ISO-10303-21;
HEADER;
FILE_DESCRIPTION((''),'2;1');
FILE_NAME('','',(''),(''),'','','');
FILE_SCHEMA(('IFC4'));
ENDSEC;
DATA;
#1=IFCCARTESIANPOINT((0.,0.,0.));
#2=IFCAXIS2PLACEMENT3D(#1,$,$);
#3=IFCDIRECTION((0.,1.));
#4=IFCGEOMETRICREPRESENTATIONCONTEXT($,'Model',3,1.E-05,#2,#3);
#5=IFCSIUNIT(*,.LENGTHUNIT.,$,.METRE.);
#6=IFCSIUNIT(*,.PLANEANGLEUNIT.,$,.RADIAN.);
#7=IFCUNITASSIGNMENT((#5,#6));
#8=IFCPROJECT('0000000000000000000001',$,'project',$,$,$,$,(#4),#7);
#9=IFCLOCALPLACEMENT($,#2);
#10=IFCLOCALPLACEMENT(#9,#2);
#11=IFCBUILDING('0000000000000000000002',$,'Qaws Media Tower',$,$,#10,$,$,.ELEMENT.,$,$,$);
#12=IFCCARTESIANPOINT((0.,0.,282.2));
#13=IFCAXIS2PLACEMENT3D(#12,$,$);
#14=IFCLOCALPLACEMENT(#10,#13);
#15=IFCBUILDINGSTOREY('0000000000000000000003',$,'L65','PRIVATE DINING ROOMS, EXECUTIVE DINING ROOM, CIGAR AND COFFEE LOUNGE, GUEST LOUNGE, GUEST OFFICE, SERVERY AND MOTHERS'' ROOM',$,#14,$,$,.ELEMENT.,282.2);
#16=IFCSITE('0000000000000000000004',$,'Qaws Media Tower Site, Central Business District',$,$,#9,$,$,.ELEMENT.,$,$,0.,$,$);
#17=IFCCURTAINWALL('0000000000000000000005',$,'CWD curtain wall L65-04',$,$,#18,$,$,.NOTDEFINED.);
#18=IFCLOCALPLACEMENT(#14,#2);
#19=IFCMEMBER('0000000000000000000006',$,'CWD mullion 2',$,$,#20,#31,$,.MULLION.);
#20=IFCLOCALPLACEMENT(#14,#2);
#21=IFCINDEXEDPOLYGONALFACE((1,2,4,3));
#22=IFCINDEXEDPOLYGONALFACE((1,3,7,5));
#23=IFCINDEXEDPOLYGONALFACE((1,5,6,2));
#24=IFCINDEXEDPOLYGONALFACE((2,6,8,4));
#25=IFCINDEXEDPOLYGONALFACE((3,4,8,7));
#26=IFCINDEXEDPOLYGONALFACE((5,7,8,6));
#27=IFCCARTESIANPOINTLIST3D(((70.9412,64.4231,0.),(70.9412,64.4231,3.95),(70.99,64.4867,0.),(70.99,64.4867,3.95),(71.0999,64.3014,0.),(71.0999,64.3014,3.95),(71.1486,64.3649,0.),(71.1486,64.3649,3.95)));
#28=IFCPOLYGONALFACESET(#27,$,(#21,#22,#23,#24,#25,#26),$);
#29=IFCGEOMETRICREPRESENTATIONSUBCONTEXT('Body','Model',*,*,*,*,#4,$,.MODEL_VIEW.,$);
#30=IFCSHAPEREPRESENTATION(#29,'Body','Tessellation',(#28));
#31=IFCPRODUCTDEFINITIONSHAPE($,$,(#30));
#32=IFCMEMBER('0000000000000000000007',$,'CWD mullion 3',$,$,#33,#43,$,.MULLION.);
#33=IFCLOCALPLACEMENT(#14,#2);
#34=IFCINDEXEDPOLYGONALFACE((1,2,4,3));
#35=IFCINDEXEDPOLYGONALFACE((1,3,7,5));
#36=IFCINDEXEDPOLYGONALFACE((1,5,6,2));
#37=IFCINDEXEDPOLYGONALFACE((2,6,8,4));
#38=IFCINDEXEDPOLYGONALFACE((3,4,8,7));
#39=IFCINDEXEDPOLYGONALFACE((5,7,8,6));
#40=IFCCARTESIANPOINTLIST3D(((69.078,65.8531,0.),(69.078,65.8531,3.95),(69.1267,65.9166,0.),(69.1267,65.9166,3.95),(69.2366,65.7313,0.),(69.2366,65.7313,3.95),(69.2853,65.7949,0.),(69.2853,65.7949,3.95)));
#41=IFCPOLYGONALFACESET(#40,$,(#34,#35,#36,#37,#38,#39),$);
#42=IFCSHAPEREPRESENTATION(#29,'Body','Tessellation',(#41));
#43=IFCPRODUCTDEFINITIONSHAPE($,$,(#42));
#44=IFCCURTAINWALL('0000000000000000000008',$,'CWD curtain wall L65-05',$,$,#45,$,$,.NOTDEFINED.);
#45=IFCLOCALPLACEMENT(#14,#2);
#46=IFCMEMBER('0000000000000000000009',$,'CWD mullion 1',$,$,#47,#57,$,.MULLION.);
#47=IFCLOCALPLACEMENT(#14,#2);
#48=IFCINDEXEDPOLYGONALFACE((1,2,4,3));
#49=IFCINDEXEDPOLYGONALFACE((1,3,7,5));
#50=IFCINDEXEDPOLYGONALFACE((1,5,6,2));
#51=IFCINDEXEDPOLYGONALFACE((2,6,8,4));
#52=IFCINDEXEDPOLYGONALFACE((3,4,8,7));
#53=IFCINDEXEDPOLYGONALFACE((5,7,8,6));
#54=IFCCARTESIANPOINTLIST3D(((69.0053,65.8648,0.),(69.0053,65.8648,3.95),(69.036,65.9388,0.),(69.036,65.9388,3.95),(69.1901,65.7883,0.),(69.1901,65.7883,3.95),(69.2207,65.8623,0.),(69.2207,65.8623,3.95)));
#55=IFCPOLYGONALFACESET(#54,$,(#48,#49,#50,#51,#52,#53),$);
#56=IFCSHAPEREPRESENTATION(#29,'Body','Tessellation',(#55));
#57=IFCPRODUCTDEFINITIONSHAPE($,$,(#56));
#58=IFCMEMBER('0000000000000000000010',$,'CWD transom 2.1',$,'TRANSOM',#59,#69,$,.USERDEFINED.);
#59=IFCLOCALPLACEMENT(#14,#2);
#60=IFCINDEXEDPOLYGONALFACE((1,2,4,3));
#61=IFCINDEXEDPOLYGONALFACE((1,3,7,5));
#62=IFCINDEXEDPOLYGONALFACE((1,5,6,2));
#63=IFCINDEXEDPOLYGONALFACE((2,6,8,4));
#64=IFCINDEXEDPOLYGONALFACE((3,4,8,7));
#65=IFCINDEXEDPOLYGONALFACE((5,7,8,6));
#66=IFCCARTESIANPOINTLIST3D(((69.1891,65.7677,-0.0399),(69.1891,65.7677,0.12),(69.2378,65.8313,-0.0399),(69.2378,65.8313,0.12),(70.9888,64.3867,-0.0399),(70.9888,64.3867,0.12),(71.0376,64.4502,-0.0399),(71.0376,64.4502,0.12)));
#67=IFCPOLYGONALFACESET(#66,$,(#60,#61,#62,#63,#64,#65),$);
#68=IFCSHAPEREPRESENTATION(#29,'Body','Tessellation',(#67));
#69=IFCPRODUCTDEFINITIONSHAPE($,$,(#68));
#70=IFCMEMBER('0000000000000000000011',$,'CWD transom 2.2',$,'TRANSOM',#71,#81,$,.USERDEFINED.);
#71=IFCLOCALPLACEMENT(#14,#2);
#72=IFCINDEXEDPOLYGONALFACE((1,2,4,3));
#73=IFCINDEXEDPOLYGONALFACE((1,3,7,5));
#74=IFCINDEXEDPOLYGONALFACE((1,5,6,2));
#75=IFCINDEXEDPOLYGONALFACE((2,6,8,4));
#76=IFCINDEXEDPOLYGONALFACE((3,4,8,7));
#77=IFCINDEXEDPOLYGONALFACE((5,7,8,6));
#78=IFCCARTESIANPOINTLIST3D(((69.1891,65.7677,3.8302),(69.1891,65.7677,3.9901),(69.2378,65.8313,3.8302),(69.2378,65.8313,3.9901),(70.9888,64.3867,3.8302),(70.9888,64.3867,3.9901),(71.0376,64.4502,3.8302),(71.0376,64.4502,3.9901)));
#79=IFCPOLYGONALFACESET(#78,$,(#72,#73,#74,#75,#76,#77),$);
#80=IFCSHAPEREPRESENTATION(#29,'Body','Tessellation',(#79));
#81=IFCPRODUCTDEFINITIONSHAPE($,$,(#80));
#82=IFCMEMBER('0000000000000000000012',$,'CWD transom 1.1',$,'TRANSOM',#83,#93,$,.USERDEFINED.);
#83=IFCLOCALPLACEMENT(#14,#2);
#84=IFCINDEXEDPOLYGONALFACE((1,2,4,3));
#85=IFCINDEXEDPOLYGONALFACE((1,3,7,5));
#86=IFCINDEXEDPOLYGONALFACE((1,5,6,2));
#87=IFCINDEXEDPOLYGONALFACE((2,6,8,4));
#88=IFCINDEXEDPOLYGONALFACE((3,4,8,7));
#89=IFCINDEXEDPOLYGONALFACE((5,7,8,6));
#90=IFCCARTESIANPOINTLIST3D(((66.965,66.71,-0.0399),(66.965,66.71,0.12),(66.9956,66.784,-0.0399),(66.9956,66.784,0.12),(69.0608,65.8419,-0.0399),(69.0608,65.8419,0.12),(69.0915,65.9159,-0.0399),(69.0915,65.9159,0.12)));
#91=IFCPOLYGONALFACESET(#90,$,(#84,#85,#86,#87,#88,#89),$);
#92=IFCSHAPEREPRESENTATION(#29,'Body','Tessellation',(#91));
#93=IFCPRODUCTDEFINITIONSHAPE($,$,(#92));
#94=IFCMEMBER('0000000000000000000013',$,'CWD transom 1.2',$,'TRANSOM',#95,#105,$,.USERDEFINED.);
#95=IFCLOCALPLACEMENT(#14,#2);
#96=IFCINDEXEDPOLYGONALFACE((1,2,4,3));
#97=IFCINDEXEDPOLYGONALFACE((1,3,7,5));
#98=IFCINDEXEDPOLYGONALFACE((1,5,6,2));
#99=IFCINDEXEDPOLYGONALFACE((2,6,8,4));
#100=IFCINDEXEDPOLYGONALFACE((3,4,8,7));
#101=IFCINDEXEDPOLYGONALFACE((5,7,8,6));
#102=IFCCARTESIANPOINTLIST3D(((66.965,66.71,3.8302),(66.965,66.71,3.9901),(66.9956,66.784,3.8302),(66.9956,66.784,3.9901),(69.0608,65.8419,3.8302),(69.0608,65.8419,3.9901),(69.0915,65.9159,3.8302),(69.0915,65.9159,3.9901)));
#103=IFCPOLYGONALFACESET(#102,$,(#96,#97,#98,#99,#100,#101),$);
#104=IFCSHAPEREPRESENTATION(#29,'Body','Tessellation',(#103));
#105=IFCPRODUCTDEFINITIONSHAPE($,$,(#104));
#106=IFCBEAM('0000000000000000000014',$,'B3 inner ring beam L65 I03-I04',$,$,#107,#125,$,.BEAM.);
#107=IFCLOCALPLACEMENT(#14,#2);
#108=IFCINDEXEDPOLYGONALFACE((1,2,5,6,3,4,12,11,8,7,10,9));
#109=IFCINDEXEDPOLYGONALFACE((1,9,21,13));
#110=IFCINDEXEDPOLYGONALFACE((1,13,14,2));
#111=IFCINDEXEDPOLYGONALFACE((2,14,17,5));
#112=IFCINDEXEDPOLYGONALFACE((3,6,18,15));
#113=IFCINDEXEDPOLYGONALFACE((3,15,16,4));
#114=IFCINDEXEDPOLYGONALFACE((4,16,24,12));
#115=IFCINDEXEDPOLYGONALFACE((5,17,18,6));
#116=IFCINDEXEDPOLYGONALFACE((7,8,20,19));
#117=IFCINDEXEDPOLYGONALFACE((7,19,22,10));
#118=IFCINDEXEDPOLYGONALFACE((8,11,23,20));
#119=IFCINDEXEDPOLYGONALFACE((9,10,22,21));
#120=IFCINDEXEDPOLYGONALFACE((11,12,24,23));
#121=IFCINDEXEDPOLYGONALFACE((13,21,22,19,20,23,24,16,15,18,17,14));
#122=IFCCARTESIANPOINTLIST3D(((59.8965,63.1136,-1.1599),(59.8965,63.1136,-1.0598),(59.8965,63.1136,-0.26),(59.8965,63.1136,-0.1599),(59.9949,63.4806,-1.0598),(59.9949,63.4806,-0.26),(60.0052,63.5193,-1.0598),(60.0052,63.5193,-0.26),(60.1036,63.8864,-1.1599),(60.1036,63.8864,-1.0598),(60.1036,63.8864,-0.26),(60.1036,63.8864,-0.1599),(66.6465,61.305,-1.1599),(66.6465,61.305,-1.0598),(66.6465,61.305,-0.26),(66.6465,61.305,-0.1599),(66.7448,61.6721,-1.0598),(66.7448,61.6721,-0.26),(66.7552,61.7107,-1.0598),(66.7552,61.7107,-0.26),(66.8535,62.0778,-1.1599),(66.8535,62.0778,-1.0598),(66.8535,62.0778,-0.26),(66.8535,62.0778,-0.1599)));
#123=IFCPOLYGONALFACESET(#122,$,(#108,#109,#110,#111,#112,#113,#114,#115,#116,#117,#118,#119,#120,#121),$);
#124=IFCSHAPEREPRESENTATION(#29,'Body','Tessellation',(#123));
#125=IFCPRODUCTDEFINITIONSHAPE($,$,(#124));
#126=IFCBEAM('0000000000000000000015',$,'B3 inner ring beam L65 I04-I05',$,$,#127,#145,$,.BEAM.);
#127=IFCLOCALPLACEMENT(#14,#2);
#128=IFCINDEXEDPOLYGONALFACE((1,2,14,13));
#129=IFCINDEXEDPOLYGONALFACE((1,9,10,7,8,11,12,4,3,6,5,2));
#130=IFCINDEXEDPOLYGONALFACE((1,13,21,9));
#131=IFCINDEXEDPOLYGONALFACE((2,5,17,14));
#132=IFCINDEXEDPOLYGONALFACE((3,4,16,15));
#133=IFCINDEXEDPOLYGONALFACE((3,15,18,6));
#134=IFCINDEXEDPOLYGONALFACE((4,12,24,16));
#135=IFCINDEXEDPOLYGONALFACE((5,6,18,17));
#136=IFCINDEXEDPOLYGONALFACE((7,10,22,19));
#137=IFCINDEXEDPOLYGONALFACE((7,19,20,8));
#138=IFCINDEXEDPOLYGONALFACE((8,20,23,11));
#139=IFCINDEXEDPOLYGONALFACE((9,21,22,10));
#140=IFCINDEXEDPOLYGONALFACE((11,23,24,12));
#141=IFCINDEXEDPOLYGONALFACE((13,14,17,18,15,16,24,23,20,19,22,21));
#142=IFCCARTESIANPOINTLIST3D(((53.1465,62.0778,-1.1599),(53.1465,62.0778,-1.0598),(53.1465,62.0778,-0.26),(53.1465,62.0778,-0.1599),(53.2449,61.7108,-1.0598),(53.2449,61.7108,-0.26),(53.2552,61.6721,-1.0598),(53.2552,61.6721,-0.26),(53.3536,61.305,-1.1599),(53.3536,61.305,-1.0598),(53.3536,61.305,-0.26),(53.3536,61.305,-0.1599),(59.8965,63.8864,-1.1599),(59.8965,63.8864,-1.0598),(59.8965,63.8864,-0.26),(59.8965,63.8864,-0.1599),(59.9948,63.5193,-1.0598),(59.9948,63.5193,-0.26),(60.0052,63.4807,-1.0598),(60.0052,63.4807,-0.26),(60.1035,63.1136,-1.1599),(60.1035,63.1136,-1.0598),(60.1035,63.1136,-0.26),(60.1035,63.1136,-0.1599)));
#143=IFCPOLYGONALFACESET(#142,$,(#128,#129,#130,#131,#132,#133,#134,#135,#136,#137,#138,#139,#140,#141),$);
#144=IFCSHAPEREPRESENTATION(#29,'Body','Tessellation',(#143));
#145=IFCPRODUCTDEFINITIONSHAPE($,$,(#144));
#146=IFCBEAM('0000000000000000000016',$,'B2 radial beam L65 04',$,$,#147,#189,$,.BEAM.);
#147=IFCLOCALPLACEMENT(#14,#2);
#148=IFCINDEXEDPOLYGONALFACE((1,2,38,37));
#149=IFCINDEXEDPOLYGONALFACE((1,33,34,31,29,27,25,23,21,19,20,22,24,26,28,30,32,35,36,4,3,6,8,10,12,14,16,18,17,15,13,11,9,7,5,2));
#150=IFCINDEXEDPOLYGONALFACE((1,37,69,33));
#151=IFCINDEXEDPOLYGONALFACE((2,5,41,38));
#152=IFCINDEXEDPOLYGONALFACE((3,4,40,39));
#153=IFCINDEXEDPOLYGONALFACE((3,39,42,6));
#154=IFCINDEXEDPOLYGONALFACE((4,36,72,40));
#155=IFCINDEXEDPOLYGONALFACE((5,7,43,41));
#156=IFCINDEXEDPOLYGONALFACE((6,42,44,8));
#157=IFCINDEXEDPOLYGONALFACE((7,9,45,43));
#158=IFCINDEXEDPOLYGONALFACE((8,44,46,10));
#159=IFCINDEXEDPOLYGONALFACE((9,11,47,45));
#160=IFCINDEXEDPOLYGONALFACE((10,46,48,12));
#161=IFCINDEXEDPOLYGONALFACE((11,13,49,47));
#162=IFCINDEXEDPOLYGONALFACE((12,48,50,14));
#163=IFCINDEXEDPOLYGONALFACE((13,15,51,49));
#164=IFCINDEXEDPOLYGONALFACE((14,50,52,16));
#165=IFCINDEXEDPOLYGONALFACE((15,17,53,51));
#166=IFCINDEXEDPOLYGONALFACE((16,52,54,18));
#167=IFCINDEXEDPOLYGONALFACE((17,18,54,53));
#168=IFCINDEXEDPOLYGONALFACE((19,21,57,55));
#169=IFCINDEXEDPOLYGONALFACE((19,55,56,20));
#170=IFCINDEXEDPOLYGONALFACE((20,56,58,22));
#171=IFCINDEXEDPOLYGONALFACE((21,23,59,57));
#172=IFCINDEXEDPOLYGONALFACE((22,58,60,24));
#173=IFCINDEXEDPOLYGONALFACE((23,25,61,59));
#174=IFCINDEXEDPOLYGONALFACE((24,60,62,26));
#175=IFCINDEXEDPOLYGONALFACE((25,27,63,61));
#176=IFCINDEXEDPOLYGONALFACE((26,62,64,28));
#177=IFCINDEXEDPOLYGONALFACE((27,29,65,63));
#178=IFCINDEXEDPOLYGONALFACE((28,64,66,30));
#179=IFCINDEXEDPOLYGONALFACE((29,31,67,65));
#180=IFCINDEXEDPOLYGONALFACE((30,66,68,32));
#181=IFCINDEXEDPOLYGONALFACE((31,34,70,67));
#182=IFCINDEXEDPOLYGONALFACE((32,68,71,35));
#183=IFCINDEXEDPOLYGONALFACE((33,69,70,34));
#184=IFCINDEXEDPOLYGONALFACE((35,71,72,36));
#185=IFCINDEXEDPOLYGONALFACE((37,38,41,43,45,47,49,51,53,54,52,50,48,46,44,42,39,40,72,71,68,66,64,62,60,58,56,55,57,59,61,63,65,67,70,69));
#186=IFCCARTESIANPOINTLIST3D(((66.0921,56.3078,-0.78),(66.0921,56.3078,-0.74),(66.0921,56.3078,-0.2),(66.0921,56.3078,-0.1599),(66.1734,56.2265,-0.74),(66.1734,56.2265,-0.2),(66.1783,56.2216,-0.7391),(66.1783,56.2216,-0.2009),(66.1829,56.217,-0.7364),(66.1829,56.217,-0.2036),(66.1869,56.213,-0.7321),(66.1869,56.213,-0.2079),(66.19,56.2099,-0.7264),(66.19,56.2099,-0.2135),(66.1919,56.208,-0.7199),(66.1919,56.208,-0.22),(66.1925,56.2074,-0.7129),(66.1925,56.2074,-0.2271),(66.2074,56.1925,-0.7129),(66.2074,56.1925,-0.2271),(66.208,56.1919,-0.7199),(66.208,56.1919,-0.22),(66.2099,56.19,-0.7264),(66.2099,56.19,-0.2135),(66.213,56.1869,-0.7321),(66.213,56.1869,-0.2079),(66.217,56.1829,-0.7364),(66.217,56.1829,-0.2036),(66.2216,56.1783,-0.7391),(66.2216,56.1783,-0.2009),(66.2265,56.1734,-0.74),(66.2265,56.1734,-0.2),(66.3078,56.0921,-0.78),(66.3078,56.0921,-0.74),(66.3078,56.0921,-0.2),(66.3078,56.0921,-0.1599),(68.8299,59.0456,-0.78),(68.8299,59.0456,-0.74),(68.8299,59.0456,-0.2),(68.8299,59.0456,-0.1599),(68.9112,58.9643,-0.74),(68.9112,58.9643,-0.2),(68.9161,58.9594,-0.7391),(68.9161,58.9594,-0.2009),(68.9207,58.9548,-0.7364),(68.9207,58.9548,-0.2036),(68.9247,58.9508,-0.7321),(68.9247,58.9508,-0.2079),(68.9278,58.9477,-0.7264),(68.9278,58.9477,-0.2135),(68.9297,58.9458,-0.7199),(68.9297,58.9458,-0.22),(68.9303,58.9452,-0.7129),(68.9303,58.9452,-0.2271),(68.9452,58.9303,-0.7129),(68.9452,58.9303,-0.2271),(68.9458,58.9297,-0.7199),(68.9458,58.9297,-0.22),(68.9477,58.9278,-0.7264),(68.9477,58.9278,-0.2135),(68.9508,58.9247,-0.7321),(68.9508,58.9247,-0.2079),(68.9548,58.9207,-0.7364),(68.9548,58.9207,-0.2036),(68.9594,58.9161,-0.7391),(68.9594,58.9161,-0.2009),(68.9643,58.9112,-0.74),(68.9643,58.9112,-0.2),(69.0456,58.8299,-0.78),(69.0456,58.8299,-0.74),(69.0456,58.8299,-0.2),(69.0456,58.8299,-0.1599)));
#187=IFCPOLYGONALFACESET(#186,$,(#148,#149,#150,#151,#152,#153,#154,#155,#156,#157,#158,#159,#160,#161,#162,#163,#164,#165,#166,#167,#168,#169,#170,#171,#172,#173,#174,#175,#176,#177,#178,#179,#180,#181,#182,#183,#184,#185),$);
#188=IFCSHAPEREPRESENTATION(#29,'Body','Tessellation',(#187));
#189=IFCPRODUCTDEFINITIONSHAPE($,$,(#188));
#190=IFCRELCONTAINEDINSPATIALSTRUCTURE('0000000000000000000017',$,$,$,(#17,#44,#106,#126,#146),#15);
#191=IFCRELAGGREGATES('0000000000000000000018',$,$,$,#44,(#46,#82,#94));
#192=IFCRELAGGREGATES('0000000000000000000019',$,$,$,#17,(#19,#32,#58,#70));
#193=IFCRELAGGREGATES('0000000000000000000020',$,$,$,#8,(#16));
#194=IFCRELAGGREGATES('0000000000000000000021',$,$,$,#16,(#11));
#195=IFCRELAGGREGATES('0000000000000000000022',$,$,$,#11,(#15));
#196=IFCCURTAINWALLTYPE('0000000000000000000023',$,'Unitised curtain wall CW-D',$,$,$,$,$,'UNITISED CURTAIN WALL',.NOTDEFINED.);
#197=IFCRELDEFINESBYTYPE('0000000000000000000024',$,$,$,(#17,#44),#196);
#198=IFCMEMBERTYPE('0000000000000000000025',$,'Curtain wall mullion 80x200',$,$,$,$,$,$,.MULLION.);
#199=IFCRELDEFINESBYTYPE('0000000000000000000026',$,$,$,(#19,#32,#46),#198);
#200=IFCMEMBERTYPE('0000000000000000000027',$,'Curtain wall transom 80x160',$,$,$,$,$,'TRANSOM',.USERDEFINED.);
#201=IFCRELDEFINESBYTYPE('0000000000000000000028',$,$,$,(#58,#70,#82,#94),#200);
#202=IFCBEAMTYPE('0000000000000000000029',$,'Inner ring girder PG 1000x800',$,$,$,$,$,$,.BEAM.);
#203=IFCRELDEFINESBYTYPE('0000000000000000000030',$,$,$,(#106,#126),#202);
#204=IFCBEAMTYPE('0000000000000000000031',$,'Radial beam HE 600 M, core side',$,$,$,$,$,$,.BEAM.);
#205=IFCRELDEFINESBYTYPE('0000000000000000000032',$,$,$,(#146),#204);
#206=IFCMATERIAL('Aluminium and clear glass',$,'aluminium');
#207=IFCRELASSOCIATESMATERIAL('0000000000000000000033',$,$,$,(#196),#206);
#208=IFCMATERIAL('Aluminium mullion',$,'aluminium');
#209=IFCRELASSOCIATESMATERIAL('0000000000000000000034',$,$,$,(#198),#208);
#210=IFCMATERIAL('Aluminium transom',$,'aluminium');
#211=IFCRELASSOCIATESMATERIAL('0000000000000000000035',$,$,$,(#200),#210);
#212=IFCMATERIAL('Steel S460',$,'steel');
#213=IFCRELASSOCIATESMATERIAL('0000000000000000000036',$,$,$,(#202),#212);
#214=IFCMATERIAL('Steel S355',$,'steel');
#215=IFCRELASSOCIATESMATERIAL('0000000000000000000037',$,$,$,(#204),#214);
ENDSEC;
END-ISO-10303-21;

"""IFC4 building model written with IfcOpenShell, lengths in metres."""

from ifc_helpers import new_model, si_unit, direction, frame, origin, origin_2d, place, context, subcontext, project, spatial, rectangle, i_section, extrude, material, material_profile, profile_set, type_object, element, aggregate, save


model = new_model("IFC4")

# Units and contexts
model_context = context("Model", 3, precision=1e-05, world=origin(), true_north=direction((0.0, 1.0)))
body_context = subcontext(model_context, "Body", "Model", "MODEL_VIEW")
ifc_project = project(units=[si_unit("LENGTHUNIT", "METRE"), si_unit("PLANEANGLEUNIT", "RADIAN")], contexts=[model_context])

# Site, building, storey
site_placement = place(None, origin())
site = spatial("IfcSite", under=ifc_project, at=site_placement, Name="Qaws Media Tower Site, Central Business District", CompositionType="ELEMENT", RefElevation=0.0)
building_placement = place(site_placement, origin())
building = spatial("IfcBuilding", under=site, at=building_placement, Name="Qaws Media Tower", CompositionType="ELEMENT")
storey_placement = place(building_placement, frame((0.0, 0.0, 282.2)))
storey = spatial("IfcBuildingStorey", under=building, at=storey_placement, Name="L65", Description="PRIVATE DINING ROOMS, EXECUTIVE DINING ROOM, CIGAR AND COFFEE LOUNGE, GUEST LOUNGE, GUEST OFFICE, SERVERY AND MOTHERS' ROOM", CompositionType="ELEMENT", Elevation=282.2)

# Curtain wall, members
ifc_material_1 = material(Name="Aluminium and clear glass", Category="aluminium")
curtain_wall_type = type_object("IfcCurtainWallType", Name="Unitised curtain wall CW-D", ElementType="UNITISED CURTAIN WALL", PredefinedType="NOTDEFINED", material=ifc_material_1)
curtain_wall_1_placement = place(storey_placement, origin())
curtain_wall_1 = element("IfcCurtainWall", 1, at=curtain_wall_1_placement, inside=storey, type_object=curtain_wall_type, Name="CWD curtain wall L65-04", PredefinedType="NOTDEFINED")
ifc_material_2 = material(Name="Aluminium mullion", Category="aluminium")
ifc_material_profile_1 = material_profile(ifc_material_2, rectangle(XDim=0.0801, YDim=0.2, at=origin_2d()), Name="80x200")
ifc_profile_set_1 = profile_set([ifc_material_profile_1], Name="Aluminium mullion")
member_type_1 = type_object("IfcMemberType", Name="Curtain wall mullion 80x200", PredefinedType="MULLION", material=ifc_profile_set_1)
member_1_placement = place(storey_placement, frame((71.0449, 64.394, 0.0), z_axis=(0.0, 0.0, 1.0), x_axis=(-0.608761, -0.793353, 0.0)))
member_1 = element("IfcMember", 2, at=member_1_placement, type_object=member_type_1, Name="CWD mullion 2", PredefinedType="MULLION", context=body_context, shape_type="SweptSolid", body=[
    extrude(rectangle(XDim=0.0801, YDim=0.2, at=origin_2d()), origin(), (0.0, 0.0, 1.0), 3.95),
])
member_2_placement = place(storey_placement, frame((69.1816, 65.824, 0.0), z_axis=(0.0, 0.0, 1.0), x_axis=(-0.608761, -0.793353, 0.0)))
member_2 = element("IfcMember", 3, at=member_2_placement, type_object=member_type_1, Name="CWD mullion 3", PredefinedType="MULLION", context=body_context, shape_type="SweptSolid", body=[
    extrude(rectangle(XDim=0.0801, YDim=0.2, at=origin_2d()), origin(), (0.0, 0.0, 1.0), 3.95),
])

# Curtain wall, member
curtain_wall_2_placement = place(storey_placement, origin())
curtain_wall_2 = element("IfcCurtainWall", 4, at=curtain_wall_2_placement, inside=storey, type_object=curtain_wall_type, Name="CWD curtain wall L65-05", PredefinedType="NOTDEFINED")
member_3_placement = place(storey_placement, frame((69.113, 65.8635, 0.0), z_axis=(0.0, 0.0, 1.0), x_axis=(-0.382684, -0.923879, 0.0)))
member_3 = element("IfcMember", 5, at=member_3_placement, type_object=member_type_1, Name="CWD mullion 1", PredefinedType="MULLION", context=body_context, shape_type="SweptSolid", body=[
    extrude(rectangle(XDim=0.0801, YDim=0.2, at=origin_2d()), origin(), (0.0, 0.0, 1.0), 3.95),
])

# Members
ifc_material_3 = material(Name="Aluminium transom", Category="aluminium")
ifc_material_profile_2 = material_profile(ifc_material_3, rectangle(XDim=0.0801, YDim=0.1599, at=origin_2d()), Name="80x160")
ifc_profile_set_2 = profile_set([ifc_material_profile_2], Name="Aluminium transom")
member_type_2 = type_object("IfcMemberType", Name="Curtain wall transom 80x160", ElementType="TRANSOM", PredefinedType="USERDEFINED", material=ifc_profile_set_2)
member_4_placement = place(storey_placement, frame((71.0132, 64.4185, 0.04), z_axis=(-0.79334, 0.608779, 0.0), x_axis=(-0.608779, -0.79334, 0.0)))
member_4 = element("IfcMember", 6, at=member_4_placement, type_object=member_type_2, Name="CWD transom 2.1", ObjectType="TRANSOM", PredefinedType="USERDEFINED", context=body_context, shape_type="SweptSolid", body=[
    extrude(rectangle(XDim=0.0801, YDim=0.1599, at=origin_2d()), origin(), (0.0, 0.0, 1.0), 2.2686),
])
member_5_placement = place(storey_placement, frame((71.0132, 64.4185, 3.9102), z_axis=(-0.79334, 0.608779, 0.0), x_axis=(-0.608779, -0.79334, 0.0)))
member_5 = element("IfcMember", 7, at=member_5_placement, type_object=member_type_2, Name="CWD transom 2.2", ObjectType="TRANSOM", PredefinedType="USERDEFINED", context=body_context, shape_type="SweptSolid", body=[
    extrude(rectangle(XDim=0.0801, YDim=0.1599, at=origin_2d()), origin(), (0.0, 0.0, 1.0), 2.2686),
])
member_6_placement = place(storey_placement, frame((69.0762, 65.8789, 0.04), z_axis=(-0.92388, 0.382681, 0.0), x_axis=(-0.382681, -0.92388, 0.0)))
member_6 = element("IfcMember", 8, at=member_6_placement, type_object=member_type_2, Name="CWD transom 1.1", ObjectType="TRANSOM", PredefinedType="USERDEFINED", context=body_context, shape_type="SweptSolid", body=[
    extrude(rectangle(XDim=0.0801, YDim=0.1599, at=origin_2d()), origin(), (0.0, 0.0, 1.0), 2.2686),
])
member_7_placement = place(storey_placement, frame((69.0762, 65.8789, 3.9102), z_axis=(-0.92388, 0.382681, 0.0), x_axis=(-0.382681, -0.92388, 0.0)))
member_7 = element("IfcMember", 9, at=member_7_placement, type_object=member_type_2, Name="CWD transom 1.2", ObjectType="TRANSOM", PredefinedType="USERDEFINED", context=body_context, shape_type="SweptSolid", body=[
    extrude(rectangle(XDim=0.0801, YDim=0.1599, at=origin_2d()), origin(), (0.0, 0.0, 1.0), 2.2686),
])
aggregate(curtain_wall_2, [member_3, member_6, member_7])

# Beams
ifc_material_4 = material(Name="Steel S460", Category="steel")
ifc_material_profile_3 = material_profile(ifc_material_4, i_section(OverallWidth=0.8, OverallDepth=1.0, WebThickness=0.04, FlangeThickness=0.1001, at=origin_2d()), Name="PG 1000x800")
ifc_profile_set_3 = profile_set([ifc_material_profile_3], Name="Steel S460")
beam_type_1 = type_object("IfcBeamType", Name="Inner ring girder PG 1000x800", PredefinedType="BEAM", material=ifc_profile_set_3)
for number, where, z_axis, x_axis, name in (
    (10, (66.75, 61.6914, -0.6599), (-0.965928, 0.258811, 0.0), (-0.258811, -0.965928, 0.0), "B3 inner ring beam L65 I03-I04"),
    (11, (60.0, 63.5, -0.6599), (-0.965928, -0.258811, 0.0), (0.258811, -0.965928, 0.0), "B3 inner ring beam L65 I04-I05"),
):
    element("IfcBeam", number, at=place(storey_placement, frame(where, z_axis=z_axis, x_axis=x_axis)), inside=storey, type_object=beam_type_1, Name=name, PredefinedType="BEAM", context=body_context, shape_type="SweptSolid", body=[
        extrude(i_section(OverallWidth=0.8, OverallDepth=1.0, WebThickness=0.04, FlangeThickness=0.1001, at=origin_2d()), origin(), (0.0, 0.0, 1.0), 6.988),
    ])
ifc_material_5 = material(Name="Steel S355", Category="steel")
ifc_material_profile_4 = material_profile(ifc_material_5, i_section(OverallWidth=0.3049, OverallDepth=0.6201, WebThickness=0.021, FlangeThickness=0.04, FilletRadius=0.0271, at=origin_2d()), Name="HE 600 M")
ifc_profile_set_4 = profile_set([ifc_material_profile_4], Name="Steel S355")
beam_type_2 = type_object("IfcBeamType", Name="Radial beam HE 600 M, core side", PredefinedType="BEAM", material=ifc_profile_set_4)
beam_1_placement = place(storey_placement, frame((66.2, 56.2, -0.47), z_axis=(0.707107, 0.707107, 0.0), x_axis=(-0.707107, 0.707107, 0.0)))
element("IfcBeam", 12, at=beam_1_placement, inside=storey, type_object=beam_type_2, Name="B2 radial beam L65 04", PredefinedType="BEAM", context=body_context, shape_type="SweptSolid", body=[
    extrude(i_section(OverallWidth=0.3049, OverallDepth=0.6201, WebThickness=0.021, FlangeThickness=0.04, FilletRadius=0.0271, at=origin_2d()), origin(), (0.0, 0.0, 1.0), 3.8718),
])

aggregate(curtain_wall_1, [member_1, member_2, member_4, member_5])

save(model, "model.ifc")
